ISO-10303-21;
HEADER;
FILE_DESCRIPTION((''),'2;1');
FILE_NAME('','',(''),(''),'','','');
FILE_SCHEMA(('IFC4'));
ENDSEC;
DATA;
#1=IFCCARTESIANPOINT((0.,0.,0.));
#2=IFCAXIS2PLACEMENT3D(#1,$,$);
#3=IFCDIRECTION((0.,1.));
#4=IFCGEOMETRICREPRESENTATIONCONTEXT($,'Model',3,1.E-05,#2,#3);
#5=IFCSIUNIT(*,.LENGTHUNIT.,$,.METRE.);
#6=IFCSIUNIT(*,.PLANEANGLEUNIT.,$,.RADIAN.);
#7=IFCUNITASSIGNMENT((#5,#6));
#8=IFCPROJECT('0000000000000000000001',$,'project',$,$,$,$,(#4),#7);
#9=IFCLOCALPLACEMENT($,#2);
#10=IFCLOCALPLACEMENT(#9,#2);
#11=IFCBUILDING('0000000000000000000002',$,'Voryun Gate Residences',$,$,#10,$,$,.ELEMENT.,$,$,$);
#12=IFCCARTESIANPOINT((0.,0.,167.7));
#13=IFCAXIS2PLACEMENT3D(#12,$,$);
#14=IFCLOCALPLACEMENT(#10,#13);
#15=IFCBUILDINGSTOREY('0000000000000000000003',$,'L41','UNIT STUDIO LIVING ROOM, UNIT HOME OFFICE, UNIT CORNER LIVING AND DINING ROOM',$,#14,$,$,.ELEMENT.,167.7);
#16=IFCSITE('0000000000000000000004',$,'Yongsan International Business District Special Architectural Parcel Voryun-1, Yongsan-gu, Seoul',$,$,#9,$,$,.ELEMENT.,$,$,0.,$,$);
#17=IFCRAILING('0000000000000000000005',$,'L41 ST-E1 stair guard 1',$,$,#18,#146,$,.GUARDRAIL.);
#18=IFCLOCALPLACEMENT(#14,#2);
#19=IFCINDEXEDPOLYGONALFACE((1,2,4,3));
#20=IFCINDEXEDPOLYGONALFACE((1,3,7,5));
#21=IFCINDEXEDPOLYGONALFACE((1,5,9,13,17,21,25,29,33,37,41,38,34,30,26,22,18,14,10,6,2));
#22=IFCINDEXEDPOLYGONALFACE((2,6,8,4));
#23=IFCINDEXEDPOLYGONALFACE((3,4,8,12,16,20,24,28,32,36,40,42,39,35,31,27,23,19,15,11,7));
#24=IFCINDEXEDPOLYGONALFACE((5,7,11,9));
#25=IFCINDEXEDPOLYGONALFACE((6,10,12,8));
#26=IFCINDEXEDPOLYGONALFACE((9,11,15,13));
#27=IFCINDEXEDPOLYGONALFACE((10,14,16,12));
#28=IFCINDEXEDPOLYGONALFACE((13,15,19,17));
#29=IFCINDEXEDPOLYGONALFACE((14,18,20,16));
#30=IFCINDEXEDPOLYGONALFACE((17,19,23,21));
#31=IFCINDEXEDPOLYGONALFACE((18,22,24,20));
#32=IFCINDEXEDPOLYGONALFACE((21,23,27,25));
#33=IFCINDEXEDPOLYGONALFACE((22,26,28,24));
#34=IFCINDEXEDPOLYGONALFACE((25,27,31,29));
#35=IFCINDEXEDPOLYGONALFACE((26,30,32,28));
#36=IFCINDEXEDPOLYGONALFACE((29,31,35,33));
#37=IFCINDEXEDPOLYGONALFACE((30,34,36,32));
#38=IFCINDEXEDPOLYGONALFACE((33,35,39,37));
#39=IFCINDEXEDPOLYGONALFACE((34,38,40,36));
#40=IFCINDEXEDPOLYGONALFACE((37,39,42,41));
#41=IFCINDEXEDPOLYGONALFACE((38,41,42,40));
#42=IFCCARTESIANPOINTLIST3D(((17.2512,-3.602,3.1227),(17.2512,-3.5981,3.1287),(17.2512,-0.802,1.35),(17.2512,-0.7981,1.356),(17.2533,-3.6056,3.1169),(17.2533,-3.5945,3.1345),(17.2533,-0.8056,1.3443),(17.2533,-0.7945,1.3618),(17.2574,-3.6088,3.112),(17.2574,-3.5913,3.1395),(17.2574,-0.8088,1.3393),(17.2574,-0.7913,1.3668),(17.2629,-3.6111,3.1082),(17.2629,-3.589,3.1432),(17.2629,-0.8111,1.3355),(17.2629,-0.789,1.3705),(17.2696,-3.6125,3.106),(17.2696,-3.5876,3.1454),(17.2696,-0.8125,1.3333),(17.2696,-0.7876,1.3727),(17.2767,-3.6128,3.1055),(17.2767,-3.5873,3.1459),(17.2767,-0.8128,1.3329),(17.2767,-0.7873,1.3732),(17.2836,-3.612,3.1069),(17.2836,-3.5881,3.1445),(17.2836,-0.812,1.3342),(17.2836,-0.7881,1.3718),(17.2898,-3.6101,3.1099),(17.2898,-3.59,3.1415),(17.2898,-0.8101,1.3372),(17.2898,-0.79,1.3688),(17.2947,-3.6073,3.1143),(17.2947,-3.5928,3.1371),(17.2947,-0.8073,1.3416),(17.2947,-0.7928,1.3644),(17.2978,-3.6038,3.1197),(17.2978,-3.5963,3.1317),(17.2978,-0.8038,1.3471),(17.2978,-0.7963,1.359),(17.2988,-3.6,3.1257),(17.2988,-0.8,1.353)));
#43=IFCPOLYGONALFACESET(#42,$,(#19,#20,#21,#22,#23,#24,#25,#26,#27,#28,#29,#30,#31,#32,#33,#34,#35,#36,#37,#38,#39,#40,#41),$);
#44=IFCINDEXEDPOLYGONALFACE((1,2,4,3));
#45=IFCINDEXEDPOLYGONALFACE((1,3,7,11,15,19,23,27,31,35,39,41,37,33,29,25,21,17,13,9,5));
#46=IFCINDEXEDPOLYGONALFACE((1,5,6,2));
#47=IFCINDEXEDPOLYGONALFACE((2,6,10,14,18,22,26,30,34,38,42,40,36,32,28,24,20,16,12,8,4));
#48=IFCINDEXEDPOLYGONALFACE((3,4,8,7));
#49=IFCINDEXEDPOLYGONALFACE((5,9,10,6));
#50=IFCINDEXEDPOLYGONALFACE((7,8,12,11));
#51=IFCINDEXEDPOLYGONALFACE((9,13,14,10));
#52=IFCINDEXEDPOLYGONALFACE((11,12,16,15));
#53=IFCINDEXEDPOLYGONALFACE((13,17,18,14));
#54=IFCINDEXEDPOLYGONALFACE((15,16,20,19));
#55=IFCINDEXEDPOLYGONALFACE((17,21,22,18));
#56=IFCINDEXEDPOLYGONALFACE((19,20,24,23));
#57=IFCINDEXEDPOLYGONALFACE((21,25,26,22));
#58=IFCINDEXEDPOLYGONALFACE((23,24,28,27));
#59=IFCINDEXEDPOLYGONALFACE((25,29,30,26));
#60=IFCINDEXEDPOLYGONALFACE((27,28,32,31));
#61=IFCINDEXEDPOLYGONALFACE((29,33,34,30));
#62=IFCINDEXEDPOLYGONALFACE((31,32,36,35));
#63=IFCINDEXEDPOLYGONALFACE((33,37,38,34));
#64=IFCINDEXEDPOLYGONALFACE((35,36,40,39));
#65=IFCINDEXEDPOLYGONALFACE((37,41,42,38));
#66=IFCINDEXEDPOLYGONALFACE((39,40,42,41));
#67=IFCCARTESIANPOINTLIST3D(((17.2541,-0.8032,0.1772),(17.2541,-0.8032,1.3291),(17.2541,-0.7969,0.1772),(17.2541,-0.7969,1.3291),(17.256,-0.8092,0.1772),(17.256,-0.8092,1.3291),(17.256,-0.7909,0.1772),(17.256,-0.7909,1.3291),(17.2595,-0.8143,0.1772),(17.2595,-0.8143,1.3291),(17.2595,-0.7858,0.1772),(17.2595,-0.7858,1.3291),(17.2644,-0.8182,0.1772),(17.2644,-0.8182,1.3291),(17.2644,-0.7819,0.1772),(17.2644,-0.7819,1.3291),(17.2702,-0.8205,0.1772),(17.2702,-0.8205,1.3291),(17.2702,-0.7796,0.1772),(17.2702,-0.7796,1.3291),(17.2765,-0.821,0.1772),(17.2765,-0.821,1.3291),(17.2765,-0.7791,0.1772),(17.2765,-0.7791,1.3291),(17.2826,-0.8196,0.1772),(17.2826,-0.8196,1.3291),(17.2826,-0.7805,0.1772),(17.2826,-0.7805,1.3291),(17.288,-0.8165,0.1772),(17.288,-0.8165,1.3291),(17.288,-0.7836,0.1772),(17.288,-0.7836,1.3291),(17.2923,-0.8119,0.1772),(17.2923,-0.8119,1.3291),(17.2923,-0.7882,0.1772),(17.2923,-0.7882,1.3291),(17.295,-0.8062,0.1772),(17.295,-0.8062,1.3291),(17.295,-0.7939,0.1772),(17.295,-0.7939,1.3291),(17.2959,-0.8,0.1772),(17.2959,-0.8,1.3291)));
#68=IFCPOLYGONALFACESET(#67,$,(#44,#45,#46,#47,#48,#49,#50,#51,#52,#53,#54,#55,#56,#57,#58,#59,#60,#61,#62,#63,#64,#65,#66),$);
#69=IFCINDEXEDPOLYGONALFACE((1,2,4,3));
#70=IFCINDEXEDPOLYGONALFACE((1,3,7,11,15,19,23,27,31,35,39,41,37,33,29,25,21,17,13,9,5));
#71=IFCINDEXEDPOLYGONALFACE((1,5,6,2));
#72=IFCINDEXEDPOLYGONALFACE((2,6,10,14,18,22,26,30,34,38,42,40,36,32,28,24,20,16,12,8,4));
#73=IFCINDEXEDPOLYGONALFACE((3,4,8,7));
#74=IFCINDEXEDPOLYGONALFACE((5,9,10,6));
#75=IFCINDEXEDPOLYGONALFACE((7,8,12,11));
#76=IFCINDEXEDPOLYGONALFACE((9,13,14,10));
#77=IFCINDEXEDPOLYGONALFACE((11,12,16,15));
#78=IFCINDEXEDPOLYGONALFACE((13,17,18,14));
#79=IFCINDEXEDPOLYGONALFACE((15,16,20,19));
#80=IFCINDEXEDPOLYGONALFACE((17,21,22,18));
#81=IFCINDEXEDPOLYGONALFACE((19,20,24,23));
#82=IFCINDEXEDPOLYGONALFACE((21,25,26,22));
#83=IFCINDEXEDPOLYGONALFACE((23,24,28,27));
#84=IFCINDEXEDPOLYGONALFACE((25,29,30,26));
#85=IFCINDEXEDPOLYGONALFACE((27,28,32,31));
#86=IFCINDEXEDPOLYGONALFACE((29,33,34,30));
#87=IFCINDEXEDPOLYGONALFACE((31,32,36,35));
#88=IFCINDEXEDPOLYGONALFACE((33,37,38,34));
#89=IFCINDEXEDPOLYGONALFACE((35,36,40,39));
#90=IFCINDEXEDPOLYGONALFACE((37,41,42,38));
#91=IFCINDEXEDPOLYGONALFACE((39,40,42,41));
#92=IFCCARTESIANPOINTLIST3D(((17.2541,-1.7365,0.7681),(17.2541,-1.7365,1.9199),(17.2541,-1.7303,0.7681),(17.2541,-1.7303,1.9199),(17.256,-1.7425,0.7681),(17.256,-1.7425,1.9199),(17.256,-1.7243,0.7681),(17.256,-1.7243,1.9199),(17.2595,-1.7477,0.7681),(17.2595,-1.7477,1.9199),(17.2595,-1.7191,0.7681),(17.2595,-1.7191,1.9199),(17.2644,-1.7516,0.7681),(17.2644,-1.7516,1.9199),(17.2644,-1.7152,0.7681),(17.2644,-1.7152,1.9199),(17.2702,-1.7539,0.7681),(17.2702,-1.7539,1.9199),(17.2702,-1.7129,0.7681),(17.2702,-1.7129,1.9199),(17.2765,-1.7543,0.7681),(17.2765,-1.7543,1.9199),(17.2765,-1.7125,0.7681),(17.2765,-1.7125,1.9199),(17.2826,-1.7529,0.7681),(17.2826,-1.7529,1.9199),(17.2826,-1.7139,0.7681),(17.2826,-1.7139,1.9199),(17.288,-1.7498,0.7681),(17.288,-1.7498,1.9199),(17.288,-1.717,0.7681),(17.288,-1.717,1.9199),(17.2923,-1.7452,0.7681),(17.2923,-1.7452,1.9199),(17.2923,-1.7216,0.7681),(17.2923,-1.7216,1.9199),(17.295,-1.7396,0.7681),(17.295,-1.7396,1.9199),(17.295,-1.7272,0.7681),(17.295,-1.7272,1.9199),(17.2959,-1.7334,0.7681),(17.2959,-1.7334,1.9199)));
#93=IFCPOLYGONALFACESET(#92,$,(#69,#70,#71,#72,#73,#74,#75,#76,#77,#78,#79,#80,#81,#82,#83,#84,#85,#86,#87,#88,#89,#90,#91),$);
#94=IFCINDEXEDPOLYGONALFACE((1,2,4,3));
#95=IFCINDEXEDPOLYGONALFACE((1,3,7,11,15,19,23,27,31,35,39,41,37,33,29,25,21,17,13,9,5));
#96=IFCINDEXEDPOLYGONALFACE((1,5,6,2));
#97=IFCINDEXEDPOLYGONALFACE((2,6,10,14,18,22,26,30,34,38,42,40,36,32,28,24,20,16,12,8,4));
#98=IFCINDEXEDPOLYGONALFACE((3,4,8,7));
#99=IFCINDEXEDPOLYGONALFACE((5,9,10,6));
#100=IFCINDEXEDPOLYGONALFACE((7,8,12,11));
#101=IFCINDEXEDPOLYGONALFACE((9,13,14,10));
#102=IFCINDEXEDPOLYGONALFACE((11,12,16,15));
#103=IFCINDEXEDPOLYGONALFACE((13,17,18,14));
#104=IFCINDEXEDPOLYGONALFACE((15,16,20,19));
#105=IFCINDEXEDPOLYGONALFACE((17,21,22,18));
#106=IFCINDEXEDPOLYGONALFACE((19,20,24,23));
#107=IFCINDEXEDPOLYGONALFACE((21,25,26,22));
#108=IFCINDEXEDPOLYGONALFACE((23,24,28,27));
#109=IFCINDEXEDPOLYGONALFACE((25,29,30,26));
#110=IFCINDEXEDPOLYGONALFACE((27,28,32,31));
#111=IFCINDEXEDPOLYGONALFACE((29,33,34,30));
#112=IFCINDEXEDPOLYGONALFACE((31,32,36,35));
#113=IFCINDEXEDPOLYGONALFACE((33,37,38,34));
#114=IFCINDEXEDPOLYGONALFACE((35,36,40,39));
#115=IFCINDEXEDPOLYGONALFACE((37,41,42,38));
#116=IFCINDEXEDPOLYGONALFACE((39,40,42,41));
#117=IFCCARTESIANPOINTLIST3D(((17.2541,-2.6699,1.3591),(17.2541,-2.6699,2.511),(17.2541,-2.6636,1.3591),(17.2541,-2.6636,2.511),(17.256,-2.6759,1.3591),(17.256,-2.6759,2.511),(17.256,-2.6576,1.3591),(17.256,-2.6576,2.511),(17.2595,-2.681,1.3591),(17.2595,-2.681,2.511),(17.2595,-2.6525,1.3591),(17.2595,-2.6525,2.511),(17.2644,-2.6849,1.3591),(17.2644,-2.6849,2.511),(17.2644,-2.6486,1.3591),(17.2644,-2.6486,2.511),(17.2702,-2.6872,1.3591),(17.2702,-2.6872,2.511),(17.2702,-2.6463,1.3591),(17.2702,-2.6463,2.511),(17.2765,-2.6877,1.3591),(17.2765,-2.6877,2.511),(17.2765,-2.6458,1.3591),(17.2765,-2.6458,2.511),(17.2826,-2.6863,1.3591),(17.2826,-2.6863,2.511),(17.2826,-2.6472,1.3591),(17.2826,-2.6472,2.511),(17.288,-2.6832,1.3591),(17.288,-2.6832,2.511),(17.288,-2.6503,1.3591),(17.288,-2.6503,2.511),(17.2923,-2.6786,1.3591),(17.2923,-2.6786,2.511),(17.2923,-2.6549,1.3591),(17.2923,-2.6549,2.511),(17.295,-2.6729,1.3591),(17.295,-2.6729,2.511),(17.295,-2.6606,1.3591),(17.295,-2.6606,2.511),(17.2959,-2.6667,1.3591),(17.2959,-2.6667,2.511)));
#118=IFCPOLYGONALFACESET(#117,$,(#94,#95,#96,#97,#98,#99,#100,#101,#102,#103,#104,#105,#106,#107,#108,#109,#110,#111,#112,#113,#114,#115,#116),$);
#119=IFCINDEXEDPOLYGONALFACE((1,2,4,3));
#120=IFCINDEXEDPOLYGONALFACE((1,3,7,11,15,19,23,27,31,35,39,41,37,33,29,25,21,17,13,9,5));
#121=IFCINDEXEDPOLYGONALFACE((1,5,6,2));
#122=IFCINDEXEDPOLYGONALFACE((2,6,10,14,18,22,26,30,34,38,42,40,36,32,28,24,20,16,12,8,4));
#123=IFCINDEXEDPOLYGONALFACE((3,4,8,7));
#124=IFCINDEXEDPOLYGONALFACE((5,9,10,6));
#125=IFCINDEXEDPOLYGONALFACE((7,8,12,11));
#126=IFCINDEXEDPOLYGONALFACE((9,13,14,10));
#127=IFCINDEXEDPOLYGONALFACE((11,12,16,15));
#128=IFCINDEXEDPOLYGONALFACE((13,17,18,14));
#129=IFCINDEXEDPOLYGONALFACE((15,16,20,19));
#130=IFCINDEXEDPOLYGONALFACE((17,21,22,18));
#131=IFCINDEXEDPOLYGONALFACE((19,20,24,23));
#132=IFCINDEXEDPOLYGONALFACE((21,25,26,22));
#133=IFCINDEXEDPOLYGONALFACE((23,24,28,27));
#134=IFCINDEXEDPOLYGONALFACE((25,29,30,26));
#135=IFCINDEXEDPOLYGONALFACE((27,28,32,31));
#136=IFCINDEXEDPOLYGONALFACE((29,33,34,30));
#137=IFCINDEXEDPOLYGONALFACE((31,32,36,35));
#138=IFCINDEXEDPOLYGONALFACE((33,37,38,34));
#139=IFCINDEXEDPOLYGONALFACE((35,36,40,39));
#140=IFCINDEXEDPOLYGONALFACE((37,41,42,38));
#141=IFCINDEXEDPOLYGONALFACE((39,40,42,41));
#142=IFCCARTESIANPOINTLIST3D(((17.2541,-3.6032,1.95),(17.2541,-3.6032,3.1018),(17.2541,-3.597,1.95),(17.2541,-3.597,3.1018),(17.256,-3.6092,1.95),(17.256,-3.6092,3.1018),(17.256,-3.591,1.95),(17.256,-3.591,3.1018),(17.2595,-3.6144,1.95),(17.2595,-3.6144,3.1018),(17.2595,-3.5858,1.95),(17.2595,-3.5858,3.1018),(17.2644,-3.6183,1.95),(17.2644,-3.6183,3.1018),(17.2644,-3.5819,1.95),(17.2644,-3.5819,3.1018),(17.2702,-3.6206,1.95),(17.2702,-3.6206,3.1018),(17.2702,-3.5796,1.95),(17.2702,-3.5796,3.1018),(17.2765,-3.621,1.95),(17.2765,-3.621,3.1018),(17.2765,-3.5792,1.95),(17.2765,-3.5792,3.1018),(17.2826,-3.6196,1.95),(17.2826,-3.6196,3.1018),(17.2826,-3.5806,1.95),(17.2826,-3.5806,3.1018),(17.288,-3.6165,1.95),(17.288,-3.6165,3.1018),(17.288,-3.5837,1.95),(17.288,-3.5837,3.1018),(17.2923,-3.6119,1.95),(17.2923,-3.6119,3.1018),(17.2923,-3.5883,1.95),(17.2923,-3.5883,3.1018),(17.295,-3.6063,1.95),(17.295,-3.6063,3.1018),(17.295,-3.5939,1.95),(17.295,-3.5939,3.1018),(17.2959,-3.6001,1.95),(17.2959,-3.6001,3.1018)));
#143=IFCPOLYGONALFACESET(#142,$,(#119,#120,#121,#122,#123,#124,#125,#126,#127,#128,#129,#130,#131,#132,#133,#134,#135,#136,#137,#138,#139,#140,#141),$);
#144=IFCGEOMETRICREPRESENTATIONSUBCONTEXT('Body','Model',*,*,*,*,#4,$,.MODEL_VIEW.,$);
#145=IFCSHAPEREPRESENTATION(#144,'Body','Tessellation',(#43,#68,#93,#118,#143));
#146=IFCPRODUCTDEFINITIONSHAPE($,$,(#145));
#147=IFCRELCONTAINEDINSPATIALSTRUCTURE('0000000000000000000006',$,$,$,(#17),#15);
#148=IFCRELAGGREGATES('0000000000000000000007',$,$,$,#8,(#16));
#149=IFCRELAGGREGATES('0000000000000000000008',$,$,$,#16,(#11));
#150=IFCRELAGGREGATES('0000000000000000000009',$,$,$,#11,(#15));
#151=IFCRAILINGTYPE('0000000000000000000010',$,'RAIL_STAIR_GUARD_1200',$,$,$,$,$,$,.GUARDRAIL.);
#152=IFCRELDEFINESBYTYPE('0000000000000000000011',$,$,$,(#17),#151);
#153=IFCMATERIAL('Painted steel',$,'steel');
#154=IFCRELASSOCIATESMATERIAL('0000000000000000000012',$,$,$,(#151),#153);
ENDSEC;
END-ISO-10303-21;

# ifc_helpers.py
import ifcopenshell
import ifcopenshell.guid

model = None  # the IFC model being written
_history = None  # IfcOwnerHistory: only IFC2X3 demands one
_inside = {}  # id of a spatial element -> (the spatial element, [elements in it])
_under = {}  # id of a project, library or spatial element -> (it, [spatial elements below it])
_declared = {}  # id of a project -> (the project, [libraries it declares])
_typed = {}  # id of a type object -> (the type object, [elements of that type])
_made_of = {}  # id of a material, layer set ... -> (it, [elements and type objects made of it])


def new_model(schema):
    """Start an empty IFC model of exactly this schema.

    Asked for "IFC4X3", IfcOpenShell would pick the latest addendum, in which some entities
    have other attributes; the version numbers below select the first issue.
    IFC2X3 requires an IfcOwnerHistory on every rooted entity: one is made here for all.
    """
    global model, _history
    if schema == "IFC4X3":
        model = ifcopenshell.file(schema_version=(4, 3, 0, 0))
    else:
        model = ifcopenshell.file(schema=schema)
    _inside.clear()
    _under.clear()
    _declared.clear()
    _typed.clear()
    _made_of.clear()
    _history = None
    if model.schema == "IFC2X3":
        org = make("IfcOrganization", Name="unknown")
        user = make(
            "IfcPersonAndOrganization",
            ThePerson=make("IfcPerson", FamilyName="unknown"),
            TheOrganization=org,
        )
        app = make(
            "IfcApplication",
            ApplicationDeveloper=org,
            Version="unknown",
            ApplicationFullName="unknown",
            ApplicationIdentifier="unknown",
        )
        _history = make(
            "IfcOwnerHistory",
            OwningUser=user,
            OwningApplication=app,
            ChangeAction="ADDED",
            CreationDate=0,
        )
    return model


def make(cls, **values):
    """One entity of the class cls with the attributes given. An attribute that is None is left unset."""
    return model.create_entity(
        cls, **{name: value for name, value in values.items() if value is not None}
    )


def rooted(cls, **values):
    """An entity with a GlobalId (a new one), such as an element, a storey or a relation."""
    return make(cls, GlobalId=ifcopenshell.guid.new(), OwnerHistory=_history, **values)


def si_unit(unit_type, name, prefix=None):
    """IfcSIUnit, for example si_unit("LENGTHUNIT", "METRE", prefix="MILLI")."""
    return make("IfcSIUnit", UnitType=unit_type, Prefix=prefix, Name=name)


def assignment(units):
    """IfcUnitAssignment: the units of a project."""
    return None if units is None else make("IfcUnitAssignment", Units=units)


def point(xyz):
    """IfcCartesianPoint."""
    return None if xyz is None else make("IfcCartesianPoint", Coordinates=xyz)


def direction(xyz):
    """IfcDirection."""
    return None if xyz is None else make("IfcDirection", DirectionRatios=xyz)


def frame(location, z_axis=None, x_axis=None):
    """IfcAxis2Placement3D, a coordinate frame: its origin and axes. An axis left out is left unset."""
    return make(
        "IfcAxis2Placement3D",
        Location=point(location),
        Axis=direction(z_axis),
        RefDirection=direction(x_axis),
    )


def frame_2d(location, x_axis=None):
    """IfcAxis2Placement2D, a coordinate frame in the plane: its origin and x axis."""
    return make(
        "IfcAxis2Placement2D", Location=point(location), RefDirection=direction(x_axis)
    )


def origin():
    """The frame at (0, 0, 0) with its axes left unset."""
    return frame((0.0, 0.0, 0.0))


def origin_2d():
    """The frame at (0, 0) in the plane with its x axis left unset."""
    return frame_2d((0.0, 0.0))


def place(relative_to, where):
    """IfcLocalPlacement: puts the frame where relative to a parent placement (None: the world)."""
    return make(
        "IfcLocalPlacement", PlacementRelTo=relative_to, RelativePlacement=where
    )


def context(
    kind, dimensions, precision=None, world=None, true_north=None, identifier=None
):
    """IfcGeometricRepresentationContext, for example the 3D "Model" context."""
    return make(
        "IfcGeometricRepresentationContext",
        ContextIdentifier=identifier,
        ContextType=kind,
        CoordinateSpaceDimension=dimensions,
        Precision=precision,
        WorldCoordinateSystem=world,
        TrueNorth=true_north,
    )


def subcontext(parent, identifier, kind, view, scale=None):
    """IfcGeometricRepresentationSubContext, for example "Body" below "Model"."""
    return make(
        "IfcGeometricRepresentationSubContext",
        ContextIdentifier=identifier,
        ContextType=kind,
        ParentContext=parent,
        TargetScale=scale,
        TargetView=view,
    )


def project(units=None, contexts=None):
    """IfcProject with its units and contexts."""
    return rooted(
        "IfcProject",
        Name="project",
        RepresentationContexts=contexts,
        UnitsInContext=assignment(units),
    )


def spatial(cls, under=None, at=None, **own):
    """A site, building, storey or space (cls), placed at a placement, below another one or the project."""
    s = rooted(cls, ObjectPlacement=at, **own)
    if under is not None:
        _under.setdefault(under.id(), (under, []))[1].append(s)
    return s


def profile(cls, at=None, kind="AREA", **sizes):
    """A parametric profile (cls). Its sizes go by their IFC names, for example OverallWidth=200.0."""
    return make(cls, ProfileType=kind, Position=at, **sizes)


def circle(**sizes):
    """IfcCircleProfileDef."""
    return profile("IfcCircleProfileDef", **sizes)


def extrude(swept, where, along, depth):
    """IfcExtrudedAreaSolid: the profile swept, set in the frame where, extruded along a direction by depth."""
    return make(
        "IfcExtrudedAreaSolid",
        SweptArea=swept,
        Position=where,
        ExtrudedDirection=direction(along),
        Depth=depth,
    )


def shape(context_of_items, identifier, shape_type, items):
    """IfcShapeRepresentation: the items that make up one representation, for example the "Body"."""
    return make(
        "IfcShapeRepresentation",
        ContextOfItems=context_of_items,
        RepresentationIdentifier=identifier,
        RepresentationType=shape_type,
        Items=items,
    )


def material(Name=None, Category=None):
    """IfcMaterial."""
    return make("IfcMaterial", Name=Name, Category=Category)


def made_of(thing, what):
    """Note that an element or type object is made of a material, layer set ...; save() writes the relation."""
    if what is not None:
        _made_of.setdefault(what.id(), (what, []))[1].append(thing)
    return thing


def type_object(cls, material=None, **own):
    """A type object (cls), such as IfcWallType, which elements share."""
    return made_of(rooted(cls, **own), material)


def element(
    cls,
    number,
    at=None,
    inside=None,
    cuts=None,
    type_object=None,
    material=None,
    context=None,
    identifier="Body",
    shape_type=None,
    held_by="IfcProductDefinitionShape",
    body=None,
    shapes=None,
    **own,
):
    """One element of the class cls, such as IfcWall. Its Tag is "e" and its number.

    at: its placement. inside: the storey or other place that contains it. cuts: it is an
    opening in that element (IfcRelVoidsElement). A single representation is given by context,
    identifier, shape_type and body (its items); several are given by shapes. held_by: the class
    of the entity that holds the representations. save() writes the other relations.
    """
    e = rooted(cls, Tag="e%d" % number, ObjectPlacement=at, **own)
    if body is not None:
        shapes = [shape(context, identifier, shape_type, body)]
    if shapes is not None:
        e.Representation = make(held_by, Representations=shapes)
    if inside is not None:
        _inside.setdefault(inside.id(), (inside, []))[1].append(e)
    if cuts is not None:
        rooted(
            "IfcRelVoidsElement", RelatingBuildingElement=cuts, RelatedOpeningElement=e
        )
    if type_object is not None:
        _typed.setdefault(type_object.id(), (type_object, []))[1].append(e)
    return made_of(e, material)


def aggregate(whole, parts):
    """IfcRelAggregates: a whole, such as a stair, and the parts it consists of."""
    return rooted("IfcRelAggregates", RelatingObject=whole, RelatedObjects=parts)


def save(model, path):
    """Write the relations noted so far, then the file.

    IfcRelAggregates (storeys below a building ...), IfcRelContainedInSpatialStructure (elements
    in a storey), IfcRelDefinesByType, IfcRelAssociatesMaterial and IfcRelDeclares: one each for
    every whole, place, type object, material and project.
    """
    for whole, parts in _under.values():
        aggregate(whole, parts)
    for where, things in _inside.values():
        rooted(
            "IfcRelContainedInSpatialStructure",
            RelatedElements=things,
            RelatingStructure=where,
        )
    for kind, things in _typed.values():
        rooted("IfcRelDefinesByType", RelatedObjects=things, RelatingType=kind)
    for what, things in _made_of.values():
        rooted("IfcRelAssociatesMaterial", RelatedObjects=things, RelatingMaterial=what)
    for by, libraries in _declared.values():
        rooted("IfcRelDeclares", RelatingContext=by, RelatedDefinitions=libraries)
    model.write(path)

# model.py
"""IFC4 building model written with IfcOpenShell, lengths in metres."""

from ifc_helpers import new_model, si_unit, direction, frame, origin, origin_2d, place, context, subcontext, project, spatial, circle, extrude, material, type_object, element, save


model = new_model("IFC4")

# Units and contexts
model_context = context("Model", 3, precision=1e-05, world=origin(), true_north=direction((0.0, 1.0)))
body_context = subcontext(model_context, "Body", "Model", "MODEL_VIEW")
ifc_project = project(units=[si_unit("LENGTHUNIT", "METRE"), si_unit("PLANEANGLEUNIT", "RADIAN")], contexts=[model_context])

# Site, building, storey
site_placement = place(None, origin())
site = spatial("IfcSite", under=ifc_project, at=site_placement, Name="Yongsan International Business District Special Architectural Parcel Voryun-1, Yongsan-gu, Seoul", CompositionType="ELEMENT", RefElevation=0.0)
building_placement = place(site_placement, origin())
building = spatial("IfcBuilding", under=site, at=building_placement, Name="Voryun Gate Residences", CompositionType="ELEMENT")
storey_placement = place(building_placement, frame((0.0, 0.0, 167.7)))
storey = spatial("IfcBuildingStorey", under=building, at=storey_placement, Name="L41", Description="UNIT STUDIO LIVING ROOM, UNIT HOME OFFICE, UNIT CORNER LIVING AND DINING ROOM", CompositionType="ELEMENT", Elevation=167.7)

# Railing
ifc_material_1 = material(Name="Painted steel", Category="steel")
railing_type_1 = type_object("IfcRailingType", Name="RAIL_STAIR_GUARD_1200", PredefinedType="GUARDRAIL", material=ifc_material_1)
railing_1_placement = place(storey_placement, frame((17.2749, -0.8, 0.1772)))
element("IfcRailing", 1, at=railing_1_placement, inside=storey, type_object=railing_type_1, Name="L41 ST-E1 stair guard 1", PredefinedType="GUARDRAIL", context=body_context, shape_type="SweptSolid", body=[
    extrude(circle(Radius=0.0239, at=origin_2d()), frame((0.0, 0.0, 1.1758), z_axis=(0.0, -0.844909, 0.53491), x_axis=(1.0, 0.0, 0.0)), (0.0, 0.0, 1.0), 3.314),
    extrude(circle(Radius=0.021, at=origin_2d()), origin(), (0.0, 0.0, 1.0), 1.1519),
    extrude(circle(Radius=0.021, at=origin_2d()), frame((0.0, -0.9333, 0.5908)), (0.0, 0.0, 1.0), 1.1519),
    extrude(circle(Radius=0.021, at=origin_2d()), frame((0.0, -1.8667, 1.1819)), (0.0, 0.0, 1.0), 1.1519),
    extrude(circle(Radius=0.021, at=origin_2d()), frame((0.0, -2.8, 1.7727)), (0.0, 0.0, 1.0), 1.1519),
])

save(model, "model.ifc")
